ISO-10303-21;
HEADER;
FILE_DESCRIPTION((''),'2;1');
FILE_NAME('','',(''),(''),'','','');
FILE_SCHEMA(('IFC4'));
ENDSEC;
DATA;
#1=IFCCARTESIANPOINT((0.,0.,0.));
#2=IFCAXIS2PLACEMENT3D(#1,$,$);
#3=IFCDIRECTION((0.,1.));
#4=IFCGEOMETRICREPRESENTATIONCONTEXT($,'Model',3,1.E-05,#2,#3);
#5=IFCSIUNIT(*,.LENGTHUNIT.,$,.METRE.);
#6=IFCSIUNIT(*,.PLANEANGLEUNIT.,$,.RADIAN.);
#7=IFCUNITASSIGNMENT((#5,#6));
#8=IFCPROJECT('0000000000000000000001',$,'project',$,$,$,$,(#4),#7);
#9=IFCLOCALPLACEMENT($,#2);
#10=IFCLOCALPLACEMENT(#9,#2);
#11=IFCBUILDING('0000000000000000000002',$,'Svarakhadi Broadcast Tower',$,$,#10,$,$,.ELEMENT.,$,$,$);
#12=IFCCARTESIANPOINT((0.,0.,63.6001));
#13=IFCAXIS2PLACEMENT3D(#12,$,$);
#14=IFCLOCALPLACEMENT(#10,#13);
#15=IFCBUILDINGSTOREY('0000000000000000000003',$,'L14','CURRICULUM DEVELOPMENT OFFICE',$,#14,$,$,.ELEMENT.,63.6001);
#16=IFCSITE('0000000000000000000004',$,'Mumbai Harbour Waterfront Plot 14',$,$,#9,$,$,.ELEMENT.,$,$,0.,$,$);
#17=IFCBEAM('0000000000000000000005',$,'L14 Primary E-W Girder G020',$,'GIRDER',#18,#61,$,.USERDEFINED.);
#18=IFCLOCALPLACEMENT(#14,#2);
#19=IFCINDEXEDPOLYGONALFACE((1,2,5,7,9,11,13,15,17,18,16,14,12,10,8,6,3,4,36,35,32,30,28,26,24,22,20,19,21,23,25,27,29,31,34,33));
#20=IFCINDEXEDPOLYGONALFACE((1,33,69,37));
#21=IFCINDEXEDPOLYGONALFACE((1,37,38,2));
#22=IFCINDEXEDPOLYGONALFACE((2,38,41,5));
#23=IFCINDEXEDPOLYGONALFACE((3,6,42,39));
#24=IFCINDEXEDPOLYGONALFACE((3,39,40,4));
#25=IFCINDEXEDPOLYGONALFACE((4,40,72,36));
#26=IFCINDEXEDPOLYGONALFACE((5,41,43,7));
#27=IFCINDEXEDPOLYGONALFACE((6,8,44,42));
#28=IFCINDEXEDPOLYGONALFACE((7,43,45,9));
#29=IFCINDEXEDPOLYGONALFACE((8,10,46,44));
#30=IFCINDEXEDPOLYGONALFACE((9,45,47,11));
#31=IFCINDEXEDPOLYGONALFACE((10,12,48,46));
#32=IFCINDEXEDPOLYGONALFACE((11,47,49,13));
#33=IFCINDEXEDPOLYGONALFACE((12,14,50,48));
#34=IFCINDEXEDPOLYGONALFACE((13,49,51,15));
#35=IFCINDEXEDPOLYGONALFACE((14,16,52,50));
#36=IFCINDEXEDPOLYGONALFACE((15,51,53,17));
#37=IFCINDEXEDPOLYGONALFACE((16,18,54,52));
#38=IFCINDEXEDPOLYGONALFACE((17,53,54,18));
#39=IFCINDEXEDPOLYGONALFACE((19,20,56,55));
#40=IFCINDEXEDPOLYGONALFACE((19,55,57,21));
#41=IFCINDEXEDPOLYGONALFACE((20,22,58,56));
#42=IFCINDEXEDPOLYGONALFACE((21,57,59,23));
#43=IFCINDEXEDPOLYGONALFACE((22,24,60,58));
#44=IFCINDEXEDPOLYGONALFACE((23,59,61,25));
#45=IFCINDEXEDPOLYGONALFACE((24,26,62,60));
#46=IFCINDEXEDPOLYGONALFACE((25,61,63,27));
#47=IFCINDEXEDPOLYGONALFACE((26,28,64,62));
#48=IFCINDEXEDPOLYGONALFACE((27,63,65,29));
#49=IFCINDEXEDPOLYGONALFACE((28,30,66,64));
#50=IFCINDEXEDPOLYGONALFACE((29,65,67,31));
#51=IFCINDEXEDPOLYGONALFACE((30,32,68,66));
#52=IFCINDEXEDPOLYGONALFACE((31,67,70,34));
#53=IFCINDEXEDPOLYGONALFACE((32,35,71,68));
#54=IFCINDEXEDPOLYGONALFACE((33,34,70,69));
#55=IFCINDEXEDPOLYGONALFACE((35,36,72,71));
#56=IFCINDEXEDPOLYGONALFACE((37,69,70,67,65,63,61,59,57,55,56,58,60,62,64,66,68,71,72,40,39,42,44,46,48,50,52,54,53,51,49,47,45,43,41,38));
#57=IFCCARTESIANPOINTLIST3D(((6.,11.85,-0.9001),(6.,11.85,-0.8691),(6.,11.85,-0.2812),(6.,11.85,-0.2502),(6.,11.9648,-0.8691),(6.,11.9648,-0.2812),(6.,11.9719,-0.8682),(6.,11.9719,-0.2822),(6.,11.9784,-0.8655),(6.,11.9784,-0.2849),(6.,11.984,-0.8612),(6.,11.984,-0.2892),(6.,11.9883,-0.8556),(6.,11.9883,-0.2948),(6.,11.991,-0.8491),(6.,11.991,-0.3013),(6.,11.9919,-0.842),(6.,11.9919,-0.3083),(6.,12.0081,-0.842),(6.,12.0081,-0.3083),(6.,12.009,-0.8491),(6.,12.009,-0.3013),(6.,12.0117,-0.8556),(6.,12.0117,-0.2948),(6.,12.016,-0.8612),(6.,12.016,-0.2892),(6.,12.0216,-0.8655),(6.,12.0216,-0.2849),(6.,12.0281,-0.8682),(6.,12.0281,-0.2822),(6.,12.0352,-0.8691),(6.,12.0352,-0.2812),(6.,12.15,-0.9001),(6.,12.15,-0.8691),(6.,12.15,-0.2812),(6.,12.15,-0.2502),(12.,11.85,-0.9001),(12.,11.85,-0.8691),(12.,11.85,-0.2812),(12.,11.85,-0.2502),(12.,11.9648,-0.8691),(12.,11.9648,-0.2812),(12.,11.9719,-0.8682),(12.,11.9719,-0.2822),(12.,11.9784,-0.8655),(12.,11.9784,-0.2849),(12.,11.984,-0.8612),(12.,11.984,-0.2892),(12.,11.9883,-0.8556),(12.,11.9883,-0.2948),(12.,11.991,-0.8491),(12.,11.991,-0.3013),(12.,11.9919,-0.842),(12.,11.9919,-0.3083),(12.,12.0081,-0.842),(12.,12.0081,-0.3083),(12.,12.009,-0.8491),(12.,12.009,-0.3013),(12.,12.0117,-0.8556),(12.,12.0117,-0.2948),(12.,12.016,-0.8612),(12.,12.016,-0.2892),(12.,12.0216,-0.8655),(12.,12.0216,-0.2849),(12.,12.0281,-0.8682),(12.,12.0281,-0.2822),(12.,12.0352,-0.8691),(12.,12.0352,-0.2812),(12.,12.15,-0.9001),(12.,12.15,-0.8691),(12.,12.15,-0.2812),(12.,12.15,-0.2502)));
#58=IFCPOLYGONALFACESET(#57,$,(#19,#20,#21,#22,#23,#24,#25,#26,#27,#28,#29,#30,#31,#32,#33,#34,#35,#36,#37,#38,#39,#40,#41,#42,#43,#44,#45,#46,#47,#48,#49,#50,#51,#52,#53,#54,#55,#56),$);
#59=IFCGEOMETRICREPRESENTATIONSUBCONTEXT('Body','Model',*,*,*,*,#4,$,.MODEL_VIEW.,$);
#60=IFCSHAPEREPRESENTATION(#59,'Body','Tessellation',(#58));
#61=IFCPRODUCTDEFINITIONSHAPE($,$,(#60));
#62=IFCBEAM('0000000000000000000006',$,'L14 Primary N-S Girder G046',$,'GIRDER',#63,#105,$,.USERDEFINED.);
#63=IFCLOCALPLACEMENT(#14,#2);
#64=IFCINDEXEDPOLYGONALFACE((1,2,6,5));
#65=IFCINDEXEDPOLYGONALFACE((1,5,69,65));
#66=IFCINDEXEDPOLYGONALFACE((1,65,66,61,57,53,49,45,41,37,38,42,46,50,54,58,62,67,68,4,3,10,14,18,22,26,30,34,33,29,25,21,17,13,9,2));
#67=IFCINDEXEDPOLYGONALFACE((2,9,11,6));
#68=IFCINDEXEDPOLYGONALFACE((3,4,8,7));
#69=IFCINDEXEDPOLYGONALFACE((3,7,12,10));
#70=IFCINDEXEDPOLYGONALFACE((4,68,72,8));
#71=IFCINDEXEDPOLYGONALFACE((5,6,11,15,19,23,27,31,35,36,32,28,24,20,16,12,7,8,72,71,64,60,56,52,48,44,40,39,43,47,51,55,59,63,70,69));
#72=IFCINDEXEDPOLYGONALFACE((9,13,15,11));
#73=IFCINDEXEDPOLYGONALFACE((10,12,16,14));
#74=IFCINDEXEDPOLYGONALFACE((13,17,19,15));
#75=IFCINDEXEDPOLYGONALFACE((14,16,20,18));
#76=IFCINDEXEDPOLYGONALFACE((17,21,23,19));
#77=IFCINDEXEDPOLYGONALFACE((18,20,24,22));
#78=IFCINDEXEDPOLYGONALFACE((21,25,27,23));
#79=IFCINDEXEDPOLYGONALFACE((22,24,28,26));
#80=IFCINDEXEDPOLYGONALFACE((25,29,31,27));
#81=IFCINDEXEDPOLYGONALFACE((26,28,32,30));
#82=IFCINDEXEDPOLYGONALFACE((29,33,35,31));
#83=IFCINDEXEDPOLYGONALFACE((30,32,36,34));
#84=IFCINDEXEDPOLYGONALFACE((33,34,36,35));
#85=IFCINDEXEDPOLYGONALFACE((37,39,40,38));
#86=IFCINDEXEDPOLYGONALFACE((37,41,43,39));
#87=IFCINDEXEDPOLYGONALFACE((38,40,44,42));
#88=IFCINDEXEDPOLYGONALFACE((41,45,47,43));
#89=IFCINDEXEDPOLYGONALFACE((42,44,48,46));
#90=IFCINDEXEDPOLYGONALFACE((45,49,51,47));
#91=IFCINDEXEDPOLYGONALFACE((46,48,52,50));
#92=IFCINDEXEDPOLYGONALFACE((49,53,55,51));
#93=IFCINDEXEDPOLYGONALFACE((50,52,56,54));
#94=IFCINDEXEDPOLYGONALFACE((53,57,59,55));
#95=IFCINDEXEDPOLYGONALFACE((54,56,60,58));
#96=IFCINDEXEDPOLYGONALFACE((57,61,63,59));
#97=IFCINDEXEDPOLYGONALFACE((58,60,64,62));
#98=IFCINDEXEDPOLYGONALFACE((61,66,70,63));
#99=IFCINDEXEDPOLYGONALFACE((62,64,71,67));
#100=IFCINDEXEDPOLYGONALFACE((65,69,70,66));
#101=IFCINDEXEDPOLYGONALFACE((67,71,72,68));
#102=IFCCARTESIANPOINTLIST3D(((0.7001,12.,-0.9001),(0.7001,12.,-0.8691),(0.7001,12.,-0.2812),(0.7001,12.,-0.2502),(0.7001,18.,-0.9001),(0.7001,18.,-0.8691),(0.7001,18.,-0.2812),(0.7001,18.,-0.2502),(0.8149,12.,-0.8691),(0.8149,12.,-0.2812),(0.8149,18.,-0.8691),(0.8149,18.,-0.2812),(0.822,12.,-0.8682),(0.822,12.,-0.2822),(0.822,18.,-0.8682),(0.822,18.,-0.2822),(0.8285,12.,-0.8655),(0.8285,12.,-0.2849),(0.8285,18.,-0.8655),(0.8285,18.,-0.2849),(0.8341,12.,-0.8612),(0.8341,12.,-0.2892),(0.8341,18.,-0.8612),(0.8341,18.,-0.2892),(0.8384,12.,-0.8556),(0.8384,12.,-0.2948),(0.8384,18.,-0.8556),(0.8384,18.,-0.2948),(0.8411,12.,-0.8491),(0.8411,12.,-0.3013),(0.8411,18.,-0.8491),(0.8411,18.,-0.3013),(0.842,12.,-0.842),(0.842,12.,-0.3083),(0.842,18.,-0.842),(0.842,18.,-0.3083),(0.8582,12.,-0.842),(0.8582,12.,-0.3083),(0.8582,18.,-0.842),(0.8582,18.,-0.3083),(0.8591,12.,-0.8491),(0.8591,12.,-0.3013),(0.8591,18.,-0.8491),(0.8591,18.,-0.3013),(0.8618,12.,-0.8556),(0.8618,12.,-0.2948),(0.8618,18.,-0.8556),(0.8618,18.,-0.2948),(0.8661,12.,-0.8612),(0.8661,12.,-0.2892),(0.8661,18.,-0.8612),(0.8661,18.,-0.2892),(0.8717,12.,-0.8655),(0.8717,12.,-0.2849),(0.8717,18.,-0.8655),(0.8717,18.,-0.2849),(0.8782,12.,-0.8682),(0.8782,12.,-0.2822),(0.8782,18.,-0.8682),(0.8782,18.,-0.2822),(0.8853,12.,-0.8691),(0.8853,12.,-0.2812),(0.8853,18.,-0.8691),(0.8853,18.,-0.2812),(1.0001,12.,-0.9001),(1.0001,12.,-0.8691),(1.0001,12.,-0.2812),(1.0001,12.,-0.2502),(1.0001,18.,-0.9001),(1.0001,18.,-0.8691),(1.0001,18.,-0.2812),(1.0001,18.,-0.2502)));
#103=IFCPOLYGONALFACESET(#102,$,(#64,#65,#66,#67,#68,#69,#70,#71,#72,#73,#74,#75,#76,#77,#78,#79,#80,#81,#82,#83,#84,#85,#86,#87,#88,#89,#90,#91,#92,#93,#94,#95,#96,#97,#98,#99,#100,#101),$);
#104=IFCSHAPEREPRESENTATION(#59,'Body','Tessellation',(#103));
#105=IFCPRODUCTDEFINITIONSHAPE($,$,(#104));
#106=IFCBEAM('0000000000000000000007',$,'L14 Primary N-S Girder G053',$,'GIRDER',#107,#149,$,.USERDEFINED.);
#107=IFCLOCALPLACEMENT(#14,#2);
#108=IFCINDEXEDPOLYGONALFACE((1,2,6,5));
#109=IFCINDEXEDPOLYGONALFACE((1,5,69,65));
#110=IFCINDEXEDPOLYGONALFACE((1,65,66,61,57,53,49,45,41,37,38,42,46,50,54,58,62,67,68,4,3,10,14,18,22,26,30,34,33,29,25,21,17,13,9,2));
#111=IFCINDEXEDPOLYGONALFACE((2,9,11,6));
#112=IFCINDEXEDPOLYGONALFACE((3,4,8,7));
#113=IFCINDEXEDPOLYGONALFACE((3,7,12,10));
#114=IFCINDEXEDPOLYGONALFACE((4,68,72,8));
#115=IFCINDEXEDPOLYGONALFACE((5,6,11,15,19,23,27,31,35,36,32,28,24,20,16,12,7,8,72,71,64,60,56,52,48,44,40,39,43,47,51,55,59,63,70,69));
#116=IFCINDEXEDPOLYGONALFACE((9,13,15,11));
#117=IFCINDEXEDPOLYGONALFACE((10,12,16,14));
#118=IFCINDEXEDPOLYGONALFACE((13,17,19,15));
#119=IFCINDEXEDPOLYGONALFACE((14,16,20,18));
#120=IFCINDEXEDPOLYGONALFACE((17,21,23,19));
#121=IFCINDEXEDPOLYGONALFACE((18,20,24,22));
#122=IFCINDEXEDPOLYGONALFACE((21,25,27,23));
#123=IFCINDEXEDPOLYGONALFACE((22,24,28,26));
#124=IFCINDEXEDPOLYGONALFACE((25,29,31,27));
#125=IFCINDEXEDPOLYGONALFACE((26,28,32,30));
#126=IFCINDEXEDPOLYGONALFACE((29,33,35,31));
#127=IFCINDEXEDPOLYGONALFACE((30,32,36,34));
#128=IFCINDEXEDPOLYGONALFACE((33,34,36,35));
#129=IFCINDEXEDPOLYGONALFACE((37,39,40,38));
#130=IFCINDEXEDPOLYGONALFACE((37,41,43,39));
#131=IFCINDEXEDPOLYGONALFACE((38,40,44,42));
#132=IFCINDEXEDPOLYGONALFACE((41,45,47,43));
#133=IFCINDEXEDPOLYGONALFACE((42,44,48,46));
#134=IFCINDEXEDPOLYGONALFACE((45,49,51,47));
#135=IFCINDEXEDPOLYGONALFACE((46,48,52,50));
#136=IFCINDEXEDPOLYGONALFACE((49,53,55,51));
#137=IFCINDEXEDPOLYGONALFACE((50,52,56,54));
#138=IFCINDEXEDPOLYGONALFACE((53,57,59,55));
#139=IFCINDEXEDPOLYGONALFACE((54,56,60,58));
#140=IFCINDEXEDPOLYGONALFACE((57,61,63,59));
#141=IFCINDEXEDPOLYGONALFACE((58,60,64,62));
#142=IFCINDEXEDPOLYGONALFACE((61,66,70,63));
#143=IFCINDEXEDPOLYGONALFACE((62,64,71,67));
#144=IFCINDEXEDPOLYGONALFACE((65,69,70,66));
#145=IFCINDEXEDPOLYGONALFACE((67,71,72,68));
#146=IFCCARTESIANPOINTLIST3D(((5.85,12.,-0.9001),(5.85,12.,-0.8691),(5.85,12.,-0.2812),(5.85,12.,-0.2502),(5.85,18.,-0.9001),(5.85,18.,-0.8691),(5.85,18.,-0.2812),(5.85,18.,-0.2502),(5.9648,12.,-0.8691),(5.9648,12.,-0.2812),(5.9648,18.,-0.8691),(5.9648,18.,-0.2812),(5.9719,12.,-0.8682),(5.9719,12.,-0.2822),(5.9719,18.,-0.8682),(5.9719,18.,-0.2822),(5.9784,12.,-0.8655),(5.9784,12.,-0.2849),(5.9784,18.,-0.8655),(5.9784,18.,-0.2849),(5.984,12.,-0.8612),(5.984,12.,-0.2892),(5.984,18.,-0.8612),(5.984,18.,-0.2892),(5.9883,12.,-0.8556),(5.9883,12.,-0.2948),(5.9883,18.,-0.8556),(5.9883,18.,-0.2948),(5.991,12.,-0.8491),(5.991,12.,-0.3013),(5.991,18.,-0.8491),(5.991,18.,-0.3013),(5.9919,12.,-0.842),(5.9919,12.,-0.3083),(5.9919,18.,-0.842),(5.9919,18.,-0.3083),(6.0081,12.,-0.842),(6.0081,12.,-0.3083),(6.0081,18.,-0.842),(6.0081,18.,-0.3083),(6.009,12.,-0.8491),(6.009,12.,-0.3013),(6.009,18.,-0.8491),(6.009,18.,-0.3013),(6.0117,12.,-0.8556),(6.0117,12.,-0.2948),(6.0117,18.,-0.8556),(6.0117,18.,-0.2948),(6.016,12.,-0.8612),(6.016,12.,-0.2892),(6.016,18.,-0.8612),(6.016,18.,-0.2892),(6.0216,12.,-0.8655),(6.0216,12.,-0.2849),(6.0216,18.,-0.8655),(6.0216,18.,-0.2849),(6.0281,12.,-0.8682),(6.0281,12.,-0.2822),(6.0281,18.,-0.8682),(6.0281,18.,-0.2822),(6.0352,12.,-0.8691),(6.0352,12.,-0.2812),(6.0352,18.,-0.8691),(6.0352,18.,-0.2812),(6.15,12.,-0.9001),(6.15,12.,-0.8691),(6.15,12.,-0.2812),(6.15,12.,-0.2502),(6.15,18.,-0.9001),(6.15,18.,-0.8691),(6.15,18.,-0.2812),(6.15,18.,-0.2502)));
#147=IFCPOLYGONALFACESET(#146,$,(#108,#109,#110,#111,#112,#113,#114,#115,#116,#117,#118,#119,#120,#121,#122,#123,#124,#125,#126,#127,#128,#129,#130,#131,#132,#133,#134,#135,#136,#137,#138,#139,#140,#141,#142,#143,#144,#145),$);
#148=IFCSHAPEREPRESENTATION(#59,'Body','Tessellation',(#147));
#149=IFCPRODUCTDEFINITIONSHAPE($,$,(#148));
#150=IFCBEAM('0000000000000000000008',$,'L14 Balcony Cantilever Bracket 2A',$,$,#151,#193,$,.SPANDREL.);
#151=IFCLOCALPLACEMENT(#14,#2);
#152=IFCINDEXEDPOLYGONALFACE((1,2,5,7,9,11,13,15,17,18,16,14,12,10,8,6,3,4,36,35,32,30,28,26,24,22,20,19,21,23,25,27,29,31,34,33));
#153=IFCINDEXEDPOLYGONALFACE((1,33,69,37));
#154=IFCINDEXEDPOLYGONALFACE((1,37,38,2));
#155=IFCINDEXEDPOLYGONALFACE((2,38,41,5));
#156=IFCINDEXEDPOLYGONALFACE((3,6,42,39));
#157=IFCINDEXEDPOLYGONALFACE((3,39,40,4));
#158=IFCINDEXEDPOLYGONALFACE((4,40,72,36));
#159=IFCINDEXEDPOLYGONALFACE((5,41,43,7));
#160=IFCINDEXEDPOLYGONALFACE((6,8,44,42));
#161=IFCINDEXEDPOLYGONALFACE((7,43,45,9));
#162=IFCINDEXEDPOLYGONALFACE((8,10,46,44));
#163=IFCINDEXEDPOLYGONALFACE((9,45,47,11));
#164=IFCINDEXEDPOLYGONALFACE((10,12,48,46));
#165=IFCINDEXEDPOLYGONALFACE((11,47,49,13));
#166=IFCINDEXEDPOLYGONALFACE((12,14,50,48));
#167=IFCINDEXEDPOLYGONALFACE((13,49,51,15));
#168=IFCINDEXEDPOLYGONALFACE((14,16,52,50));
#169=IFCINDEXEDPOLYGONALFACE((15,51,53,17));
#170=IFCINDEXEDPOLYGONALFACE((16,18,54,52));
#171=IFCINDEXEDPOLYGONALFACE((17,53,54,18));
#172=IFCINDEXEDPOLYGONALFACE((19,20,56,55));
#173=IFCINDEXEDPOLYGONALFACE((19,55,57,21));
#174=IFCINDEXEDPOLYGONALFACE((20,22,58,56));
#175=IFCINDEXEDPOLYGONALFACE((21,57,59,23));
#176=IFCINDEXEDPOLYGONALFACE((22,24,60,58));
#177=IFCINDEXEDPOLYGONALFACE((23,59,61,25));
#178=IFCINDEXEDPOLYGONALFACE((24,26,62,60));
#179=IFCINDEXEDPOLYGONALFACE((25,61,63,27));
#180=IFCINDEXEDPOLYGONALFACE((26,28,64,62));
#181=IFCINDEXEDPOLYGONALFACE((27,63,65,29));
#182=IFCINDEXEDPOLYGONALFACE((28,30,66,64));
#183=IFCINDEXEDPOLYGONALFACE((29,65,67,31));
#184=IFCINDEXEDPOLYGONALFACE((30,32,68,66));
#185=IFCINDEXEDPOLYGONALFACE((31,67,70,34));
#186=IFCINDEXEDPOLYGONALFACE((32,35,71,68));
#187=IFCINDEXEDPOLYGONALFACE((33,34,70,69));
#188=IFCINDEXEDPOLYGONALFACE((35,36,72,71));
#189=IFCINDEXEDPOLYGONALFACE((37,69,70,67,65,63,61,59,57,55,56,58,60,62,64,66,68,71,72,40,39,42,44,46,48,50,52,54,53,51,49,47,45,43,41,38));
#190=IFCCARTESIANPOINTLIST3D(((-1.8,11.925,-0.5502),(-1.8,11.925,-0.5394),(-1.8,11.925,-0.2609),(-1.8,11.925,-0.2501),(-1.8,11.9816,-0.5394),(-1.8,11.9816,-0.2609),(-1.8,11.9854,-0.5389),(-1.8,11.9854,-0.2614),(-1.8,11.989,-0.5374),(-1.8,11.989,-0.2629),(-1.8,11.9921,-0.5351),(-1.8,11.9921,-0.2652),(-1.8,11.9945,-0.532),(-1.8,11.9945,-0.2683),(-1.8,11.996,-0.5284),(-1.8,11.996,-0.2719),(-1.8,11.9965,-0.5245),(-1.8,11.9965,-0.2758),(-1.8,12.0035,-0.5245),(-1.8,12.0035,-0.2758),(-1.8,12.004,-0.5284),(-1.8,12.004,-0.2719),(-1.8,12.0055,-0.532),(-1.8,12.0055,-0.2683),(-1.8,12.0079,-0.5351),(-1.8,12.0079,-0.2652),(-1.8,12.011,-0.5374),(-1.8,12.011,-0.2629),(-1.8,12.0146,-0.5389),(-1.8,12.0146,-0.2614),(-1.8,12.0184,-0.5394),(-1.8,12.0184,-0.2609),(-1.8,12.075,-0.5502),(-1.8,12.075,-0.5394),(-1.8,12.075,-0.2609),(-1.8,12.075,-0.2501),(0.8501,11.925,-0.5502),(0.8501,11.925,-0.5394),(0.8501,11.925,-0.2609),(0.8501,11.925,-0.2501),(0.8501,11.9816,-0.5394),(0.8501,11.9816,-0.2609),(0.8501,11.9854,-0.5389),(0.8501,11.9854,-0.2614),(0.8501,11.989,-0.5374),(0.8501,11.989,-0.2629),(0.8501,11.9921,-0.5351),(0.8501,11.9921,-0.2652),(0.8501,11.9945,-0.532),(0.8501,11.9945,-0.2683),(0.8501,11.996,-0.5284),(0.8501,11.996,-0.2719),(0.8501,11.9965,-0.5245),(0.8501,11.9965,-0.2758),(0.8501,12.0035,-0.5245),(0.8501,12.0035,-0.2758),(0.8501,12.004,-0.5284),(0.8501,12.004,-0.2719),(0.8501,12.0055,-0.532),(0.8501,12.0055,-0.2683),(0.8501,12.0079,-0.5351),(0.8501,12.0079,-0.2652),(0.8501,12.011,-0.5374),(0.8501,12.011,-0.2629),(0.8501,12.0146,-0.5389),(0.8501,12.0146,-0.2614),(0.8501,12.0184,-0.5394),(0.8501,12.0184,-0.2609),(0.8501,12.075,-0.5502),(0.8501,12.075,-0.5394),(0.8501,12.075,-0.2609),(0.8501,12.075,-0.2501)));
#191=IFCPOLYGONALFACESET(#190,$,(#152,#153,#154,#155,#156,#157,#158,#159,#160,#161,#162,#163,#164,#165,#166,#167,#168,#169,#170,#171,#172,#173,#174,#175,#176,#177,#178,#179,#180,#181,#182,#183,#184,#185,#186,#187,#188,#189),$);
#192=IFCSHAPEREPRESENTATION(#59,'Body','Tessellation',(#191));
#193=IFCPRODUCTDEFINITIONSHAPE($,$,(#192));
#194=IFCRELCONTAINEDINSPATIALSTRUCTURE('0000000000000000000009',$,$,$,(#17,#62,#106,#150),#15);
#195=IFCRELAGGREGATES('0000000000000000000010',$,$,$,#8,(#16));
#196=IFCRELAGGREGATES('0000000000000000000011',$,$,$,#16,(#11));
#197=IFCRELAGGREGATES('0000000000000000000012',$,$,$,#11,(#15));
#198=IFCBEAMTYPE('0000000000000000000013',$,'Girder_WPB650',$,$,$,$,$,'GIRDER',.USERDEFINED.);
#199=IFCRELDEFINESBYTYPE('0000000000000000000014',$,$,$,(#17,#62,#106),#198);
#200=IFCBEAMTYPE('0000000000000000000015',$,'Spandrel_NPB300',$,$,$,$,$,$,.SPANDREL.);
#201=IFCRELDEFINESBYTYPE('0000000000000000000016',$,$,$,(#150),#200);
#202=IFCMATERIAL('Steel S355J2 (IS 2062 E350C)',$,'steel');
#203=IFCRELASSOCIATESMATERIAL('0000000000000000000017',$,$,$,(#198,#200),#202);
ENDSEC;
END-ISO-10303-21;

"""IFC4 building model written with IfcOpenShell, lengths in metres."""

from ifc_helpers import new_model, si_unit, direction, frame, origin, origin_2d, place, context, subcontext, project, spatial, i_section, extrude, material, material_profile, profile_set, type_object, element, save


model = new_model("IFC4")

# Units and contexts
model_context = context("Model", 3, precision=1e-05, world=origin(), true_north=direction((0.0, 1.0)))
body_context = subcontext(model_context, "Body", "Model", "MODEL_VIEW")
ifc_project = project(units=[si_unit("LENGTHUNIT", "METRE"), si_unit("PLANEANGLEUNIT", "RADIAN")], contexts=[model_context])

# Site, building, storey
site_placement = place(None, origin())
site = spatial("IfcSite", under=ifc_project, at=site_placement, Name="Mumbai Harbour Waterfront Plot 14", CompositionType="ELEMENT", RefElevation=0.0)
building_placement = place(site_placement, origin())
building = spatial("IfcBuilding", under=site, at=building_placement, Name="Svarakhadi Broadcast Tower", CompositionType="ELEMENT")
storey_placement = place(building_placement, frame((0.0, 0.0, 63.6001)))
storey = spatial("IfcBuildingStorey", under=building, at=storey_placement, Name="L14", Description="CURRICULUM DEVELOPMENT OFFICE", CompositionType="ELEMENT", Elevation=63.6001)

# Shared definitions
ifc_material_1 = material(Name="Steel S355J2 (IS 2062 E350C)", Category="steel")

# Beams
ifc_material_profile_1 = material_profile(ifc_material_1, i_section(OverallWidth=0.3, OverallDepth=0.6499, WebThickness=0.0161, FlangeThickness=0.031, FilletRadius=0.0271, at=origin_2d()), Name="WPB 650x300x225")
ifc_profile_set_1 = profile_set([ifc_material_profile_1], Name="Steel S355J2 (IS 2062 E350C)")
beam_type_1 = type_object("IfcBeamType", Name="Girder_WPB650", ElementType="GIRDER", PredefinedType="USERDEFINED", material=ifc_profile_set_1)
for number, where, z_axis, x_axis, name in (
    (1, (6.0, 12.0, -0.5752), (1.0, 0.0, 0.0), (0.0, 1.0, 0.0), "L14 Primary E-W Girder G020"),
    (2, (0.8501, 12.0, -0.5752), (0.0, 1.0, 0.0), (-1.0, 0.0, 0.0), "L14 Primary N-S Girder G046"),
    (3, (6.0, 12.0, -0.5752), (0.0, 1.0, 0.0), (-1.0, 0.0, 0.0), "L14 Primary N-S Girder G053"),
):
    element("IfcBeam", number, at=place(storey_placement, frame(where, z_axis=z_axis, x_axis=x_axis)), inside=storey, type_object=beam_type_1, Name=name, ObjectType="GIRDER", PredefinedType="USERDEFINED", context=body_context, shape_type="SweptSolid", body=[
        extrude(i_section(OverallWidth=0.3, OverallDepth=0.6499, WebThickness=0.0161, FlangeThickness=0.031, FilletRadius=0.0271, at=origin_2d()), origin(), (0.0, 0.0, 1.0), 6.0),
    ])
ifc_material_profile_2 = material_profile(ifc_material_1, i_section(OverallWidth=0.1499, OverallDepth=0.3, WebThickness=0.0071, FlangeThickness=0.0107, FilletRadius=0.0149, at=origin_2d()), Name="NPB 300x150x37")
ifc_profile_set_2 = profile_set([ifc_material_profile_2], Name="Steel S355J2 (IS 2062 E350C)")
beam_type_2 = type_object("IfcBeamType", Name="Spandrel_NPB300", PredefinedType="SPANDREL", material=ifc_profile_set_2)
beam_1_placement = place(storey_placement, frame((0.8501, 12.0, -0.4001), z_axis=(-1.0, 0.0, 0.0), x_axis=(0.0, -1.0, 0.0)))
element("IfcBeam", 4, at=beam_1_placement, inside=storey, type_object=beam_type_2, Name="L14 Balcony Cantilever Bracket 2A", PredefinedType="SPANDREL", context=body_context, shape_type="SweptSolid", body=[
    extrude(i_section(OverallWidth=0.1499, OverallDepth=0.3, WebThickness=0.0071, FlangeThickness=0.0107, FilletRadius=0.0149, at=origin_2d()), origin(), (0.0, 0.0, 1.0), 2.6501),
])

save(model, "model.ifc")
